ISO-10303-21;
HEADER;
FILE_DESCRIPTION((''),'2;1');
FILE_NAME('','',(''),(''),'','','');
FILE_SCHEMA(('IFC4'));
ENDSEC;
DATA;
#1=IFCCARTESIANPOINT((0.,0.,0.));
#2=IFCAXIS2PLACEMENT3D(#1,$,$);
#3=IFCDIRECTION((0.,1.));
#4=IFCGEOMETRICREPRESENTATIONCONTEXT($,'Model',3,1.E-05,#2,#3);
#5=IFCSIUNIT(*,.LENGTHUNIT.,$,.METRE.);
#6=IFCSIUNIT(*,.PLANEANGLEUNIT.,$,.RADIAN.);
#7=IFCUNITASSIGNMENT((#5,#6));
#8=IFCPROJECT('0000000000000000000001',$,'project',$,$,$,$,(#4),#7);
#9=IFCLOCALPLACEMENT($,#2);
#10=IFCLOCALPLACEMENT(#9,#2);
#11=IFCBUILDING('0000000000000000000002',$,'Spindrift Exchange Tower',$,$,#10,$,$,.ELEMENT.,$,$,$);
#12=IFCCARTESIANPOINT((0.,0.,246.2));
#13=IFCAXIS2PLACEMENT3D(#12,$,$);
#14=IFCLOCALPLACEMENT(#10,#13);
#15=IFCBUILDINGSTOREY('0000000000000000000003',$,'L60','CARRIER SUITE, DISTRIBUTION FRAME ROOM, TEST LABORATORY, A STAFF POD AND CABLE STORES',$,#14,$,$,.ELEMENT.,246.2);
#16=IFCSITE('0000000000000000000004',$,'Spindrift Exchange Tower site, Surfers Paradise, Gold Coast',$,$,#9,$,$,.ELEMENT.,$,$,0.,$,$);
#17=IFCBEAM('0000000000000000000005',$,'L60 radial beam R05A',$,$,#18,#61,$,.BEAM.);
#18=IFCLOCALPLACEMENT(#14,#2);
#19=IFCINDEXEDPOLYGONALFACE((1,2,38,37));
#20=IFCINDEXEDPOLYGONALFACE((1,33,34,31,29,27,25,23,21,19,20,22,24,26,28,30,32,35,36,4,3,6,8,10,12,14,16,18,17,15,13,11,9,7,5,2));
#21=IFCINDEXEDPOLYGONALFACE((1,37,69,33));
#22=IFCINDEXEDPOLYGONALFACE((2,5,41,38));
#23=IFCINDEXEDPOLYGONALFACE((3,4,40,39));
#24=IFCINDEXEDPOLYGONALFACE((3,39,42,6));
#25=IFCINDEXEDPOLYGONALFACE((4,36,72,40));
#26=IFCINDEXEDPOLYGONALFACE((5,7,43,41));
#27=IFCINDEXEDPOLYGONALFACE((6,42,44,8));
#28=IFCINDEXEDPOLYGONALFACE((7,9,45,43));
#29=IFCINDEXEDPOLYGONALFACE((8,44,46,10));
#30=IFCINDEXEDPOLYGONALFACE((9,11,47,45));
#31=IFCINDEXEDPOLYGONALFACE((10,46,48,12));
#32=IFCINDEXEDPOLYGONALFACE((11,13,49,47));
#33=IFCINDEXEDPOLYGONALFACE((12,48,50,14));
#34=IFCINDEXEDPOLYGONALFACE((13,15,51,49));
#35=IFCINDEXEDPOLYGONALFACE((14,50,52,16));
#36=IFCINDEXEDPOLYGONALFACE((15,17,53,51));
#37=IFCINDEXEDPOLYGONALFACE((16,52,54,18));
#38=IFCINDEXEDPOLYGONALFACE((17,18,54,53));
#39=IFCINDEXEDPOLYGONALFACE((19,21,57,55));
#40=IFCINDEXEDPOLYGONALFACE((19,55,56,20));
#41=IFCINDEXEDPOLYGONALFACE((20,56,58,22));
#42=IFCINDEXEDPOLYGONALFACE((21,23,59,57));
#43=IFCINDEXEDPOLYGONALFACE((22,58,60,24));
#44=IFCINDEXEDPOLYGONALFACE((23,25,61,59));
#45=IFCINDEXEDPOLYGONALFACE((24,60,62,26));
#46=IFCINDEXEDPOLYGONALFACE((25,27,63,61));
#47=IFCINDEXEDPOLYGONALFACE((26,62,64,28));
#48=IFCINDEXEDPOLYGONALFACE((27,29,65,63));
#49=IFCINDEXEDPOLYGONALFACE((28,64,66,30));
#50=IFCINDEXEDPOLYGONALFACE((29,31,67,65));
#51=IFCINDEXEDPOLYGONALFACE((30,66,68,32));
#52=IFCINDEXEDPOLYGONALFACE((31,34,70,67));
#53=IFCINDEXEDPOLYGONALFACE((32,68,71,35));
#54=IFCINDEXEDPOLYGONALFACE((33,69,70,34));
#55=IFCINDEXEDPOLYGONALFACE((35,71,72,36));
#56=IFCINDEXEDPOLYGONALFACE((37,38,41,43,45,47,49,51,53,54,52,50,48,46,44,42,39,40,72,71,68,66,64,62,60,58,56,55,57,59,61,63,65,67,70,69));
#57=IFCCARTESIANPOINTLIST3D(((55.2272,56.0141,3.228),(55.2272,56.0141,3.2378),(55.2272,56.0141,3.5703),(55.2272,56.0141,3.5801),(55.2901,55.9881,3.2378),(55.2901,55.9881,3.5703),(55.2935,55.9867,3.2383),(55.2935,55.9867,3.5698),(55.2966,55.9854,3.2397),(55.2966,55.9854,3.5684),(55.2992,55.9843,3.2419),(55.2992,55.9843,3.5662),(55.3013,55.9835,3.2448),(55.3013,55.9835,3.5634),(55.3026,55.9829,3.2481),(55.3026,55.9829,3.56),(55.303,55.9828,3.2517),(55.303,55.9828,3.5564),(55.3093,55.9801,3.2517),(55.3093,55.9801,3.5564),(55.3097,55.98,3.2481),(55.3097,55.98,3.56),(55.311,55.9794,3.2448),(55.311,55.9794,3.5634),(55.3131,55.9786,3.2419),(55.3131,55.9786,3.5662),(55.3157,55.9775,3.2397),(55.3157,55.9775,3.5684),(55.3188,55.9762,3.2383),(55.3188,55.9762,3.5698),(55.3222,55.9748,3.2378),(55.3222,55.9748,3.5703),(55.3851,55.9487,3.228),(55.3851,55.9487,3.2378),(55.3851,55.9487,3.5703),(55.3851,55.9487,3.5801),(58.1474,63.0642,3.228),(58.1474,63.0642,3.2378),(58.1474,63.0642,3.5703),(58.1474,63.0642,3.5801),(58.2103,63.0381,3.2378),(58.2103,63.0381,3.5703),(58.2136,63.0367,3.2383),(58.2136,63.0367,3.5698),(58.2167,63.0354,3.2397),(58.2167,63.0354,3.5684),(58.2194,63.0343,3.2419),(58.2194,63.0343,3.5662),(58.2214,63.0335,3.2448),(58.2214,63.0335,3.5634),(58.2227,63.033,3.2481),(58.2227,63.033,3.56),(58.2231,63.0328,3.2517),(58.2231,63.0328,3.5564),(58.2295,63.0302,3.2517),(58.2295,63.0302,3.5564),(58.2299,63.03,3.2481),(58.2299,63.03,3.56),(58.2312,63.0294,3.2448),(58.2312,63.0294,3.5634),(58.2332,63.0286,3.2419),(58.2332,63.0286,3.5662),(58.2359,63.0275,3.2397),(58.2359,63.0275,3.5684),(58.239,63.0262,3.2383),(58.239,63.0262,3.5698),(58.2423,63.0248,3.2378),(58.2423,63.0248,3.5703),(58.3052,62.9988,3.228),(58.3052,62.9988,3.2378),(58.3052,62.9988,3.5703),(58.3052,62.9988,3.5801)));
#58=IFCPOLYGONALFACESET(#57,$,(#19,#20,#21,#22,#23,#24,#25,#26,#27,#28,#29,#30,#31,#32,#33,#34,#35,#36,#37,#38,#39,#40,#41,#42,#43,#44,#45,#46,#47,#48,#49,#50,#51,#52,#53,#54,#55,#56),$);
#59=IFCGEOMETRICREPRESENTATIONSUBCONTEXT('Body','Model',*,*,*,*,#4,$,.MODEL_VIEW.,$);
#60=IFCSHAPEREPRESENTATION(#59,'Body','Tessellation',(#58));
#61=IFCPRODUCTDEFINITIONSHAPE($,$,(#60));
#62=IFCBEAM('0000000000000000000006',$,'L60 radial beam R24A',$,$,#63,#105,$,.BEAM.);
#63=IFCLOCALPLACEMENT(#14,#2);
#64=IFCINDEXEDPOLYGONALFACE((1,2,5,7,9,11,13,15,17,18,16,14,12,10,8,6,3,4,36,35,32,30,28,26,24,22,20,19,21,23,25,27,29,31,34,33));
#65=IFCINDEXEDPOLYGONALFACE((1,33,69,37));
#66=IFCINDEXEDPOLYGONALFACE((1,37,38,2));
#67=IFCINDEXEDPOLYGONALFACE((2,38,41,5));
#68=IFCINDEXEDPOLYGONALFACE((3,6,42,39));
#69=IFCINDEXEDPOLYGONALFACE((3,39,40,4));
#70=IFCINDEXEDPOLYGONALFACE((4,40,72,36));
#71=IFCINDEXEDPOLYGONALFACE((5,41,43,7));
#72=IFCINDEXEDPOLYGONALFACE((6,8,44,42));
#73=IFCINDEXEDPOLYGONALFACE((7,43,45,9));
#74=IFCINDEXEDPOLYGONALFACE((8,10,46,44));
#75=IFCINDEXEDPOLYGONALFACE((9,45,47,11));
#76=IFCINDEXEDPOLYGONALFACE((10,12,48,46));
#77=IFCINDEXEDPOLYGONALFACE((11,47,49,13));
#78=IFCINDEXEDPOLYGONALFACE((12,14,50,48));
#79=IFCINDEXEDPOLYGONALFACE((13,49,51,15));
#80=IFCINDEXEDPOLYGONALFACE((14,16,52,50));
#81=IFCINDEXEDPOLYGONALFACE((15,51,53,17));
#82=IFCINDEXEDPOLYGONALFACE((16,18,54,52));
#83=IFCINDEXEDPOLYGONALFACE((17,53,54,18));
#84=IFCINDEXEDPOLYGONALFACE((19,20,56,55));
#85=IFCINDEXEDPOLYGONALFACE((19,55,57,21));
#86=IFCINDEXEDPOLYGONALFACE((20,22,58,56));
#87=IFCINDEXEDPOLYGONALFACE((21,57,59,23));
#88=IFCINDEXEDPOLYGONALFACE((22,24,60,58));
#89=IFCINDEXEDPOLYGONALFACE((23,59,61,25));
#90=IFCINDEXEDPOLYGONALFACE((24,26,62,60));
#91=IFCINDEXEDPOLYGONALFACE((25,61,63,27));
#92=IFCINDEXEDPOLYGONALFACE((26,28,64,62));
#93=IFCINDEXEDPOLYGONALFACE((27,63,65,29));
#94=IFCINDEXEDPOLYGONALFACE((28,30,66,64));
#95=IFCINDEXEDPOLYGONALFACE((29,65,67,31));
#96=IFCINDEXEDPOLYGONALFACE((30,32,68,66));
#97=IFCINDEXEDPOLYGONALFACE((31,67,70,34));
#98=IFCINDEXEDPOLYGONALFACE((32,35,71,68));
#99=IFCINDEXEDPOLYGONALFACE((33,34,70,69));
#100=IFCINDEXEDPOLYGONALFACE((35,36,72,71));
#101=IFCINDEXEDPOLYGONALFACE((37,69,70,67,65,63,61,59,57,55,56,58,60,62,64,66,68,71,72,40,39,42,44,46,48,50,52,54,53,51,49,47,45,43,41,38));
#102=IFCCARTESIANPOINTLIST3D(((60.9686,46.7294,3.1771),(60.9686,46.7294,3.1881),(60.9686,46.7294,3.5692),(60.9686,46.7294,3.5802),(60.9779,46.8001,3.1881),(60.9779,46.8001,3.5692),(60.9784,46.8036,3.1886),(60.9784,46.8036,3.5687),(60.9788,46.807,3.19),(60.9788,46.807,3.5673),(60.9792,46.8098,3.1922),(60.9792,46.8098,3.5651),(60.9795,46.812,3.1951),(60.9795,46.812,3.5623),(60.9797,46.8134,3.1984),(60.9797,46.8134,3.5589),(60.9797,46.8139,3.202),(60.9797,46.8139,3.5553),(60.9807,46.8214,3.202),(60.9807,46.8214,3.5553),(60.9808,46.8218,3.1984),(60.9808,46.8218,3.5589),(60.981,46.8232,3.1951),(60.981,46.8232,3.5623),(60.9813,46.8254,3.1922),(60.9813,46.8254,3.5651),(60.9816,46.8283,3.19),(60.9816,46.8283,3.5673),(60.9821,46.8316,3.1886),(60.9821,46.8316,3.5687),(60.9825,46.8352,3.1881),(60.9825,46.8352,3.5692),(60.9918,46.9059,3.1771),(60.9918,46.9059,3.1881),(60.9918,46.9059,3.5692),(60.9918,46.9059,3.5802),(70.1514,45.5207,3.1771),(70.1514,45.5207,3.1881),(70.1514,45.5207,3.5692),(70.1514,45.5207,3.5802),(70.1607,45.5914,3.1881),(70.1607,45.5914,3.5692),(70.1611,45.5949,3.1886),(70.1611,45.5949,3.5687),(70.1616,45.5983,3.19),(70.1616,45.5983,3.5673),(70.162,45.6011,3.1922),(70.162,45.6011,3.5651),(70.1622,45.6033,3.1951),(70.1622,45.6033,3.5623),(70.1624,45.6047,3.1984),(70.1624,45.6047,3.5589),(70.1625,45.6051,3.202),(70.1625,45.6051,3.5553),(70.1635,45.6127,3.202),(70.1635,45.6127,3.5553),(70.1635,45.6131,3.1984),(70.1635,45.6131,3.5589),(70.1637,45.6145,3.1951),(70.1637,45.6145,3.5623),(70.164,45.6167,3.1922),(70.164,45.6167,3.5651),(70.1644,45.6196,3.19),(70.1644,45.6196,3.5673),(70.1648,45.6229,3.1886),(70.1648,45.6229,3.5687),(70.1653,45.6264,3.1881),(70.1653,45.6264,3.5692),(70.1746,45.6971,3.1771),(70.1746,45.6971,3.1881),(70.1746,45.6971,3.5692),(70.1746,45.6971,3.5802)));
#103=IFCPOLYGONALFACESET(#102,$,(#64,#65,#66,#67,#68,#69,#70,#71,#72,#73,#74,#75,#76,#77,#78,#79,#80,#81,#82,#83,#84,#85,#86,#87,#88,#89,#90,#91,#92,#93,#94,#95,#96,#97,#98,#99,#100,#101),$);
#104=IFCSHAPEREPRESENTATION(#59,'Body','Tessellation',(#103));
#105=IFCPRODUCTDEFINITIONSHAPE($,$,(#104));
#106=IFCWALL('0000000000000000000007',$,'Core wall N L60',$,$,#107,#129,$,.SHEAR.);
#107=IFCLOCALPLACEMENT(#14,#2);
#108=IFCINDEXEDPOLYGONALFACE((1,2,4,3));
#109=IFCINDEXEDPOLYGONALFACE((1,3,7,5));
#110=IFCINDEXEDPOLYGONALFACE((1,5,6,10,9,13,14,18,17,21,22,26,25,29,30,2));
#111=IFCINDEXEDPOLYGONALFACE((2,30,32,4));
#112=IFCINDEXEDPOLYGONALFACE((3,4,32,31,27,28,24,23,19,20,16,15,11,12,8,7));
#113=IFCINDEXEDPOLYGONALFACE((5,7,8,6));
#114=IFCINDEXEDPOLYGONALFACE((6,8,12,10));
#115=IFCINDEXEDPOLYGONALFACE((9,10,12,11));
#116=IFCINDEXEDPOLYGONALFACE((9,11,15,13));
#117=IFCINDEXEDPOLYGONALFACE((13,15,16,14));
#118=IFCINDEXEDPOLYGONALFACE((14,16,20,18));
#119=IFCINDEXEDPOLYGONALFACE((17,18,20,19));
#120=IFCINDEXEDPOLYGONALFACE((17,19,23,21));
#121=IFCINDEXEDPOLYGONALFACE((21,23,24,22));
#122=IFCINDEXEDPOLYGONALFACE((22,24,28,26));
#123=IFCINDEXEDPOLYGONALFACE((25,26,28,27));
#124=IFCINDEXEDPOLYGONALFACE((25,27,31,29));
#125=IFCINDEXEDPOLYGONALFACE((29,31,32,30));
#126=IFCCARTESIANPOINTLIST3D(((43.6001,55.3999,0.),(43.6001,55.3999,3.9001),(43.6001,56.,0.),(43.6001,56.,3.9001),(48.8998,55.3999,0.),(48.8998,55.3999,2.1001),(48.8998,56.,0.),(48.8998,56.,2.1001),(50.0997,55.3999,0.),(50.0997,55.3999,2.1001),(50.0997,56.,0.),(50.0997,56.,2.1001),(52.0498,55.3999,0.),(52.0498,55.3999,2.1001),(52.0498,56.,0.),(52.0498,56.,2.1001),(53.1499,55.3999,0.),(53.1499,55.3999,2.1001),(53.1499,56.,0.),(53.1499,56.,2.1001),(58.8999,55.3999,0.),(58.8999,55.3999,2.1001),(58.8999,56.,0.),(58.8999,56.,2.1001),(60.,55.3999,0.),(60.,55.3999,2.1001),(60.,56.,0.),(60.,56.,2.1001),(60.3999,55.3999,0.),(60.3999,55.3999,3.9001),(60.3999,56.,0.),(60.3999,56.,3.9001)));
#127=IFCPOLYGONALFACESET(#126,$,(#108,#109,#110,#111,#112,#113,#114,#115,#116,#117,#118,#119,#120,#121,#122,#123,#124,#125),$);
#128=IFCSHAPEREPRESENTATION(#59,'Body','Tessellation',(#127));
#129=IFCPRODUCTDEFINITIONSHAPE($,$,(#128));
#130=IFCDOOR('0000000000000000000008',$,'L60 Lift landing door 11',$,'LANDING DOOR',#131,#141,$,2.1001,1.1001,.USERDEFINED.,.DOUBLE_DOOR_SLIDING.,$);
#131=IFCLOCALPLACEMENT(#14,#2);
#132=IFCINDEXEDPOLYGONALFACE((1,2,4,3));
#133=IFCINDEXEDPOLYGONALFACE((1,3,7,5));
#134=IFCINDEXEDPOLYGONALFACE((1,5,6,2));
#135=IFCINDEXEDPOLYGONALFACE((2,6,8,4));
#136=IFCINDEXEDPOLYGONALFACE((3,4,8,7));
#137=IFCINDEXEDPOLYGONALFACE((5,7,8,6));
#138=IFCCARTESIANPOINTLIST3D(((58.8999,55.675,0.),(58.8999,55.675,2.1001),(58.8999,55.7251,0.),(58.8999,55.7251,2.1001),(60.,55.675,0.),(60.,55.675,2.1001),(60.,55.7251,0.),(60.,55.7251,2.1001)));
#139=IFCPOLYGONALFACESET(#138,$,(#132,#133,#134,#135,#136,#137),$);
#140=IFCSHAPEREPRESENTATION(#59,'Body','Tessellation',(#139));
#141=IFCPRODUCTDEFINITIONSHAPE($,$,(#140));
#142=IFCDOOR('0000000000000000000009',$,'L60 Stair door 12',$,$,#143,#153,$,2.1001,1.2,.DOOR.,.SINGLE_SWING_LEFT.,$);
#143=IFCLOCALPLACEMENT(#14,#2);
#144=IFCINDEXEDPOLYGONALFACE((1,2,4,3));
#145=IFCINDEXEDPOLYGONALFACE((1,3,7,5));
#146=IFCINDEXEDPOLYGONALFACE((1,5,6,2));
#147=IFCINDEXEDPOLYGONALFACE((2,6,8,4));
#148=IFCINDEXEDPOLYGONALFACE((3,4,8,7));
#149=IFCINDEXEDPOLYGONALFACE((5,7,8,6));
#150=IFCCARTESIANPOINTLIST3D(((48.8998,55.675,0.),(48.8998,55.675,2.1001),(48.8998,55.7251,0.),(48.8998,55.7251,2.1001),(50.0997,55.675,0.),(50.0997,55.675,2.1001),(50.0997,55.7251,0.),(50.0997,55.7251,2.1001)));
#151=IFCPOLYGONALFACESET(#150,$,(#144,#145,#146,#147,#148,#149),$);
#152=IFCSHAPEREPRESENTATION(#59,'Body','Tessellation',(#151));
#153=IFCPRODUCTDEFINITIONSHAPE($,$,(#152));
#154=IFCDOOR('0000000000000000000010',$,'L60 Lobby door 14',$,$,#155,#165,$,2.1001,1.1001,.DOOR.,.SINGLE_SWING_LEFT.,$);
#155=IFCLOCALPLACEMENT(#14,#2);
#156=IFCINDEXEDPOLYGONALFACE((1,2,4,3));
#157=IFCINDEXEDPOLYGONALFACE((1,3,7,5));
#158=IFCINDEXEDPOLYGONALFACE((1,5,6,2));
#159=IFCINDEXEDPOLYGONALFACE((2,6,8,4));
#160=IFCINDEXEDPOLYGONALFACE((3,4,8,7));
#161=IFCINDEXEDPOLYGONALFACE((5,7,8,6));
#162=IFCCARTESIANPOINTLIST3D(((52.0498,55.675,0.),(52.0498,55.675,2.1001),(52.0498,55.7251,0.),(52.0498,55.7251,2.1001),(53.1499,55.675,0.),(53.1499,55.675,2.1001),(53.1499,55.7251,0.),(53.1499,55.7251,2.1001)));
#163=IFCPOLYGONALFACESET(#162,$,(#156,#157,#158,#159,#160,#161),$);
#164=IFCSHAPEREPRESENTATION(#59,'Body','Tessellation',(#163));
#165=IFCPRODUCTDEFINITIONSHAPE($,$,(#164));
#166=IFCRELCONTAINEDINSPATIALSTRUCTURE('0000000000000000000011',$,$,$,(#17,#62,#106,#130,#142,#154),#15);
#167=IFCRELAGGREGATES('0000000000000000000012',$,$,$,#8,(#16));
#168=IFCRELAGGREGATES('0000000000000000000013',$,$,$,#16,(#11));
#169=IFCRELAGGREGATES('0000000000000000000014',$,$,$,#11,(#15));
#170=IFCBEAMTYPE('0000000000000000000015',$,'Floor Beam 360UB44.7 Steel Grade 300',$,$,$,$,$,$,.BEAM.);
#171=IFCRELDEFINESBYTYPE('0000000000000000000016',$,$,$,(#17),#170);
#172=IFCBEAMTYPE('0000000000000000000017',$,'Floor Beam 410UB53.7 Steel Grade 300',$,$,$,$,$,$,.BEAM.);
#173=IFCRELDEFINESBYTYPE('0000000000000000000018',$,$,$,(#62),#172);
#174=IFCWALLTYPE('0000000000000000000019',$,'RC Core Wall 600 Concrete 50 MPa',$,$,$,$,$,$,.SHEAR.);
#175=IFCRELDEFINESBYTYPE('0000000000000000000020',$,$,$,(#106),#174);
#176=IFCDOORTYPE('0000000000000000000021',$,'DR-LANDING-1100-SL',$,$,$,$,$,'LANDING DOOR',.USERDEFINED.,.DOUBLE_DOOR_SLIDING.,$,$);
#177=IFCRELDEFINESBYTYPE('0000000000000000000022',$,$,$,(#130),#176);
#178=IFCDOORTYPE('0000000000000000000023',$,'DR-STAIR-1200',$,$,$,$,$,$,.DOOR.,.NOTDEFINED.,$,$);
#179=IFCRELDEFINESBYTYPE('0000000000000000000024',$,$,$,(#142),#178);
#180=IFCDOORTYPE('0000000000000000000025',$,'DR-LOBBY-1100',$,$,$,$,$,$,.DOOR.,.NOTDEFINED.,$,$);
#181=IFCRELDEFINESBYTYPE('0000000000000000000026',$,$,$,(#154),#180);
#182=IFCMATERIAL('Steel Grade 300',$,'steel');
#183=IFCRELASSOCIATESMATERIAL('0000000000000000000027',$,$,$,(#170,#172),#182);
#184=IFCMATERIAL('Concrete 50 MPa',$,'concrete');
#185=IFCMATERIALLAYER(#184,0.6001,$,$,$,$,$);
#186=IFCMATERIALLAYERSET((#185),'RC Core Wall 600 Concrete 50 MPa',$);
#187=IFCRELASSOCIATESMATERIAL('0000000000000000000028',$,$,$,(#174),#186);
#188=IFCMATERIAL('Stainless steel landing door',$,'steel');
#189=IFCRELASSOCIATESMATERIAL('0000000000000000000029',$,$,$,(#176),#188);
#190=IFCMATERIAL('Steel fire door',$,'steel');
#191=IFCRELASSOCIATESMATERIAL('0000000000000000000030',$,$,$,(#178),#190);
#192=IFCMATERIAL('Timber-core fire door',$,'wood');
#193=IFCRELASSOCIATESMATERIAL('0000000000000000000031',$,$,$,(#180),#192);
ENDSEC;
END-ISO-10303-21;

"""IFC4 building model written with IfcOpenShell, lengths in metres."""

from ifc_helpers import new_model, si_unit, direction, frame, frame_2d, origin, origin_2d, place, context, subcontext, project, spatial, rectangle, i_section, extrude, source, transform, mapped, material, layer, layer_set, material_profile, profile_set, type_object, element, fill, save


model = new_model("IFC4")

# Units and contexts
model_context = context("Model", 3, precision=1e-05, world=origin(), true_north=direction((0.0, 1.0)))
body_context = subcontext(model_context, "Body", "Model", "MODEL_VIEW")
ifc_project = project(units=[si_unit("LENGTHUNIT", "METRE"), si_unit("PLANEANGLEUNIT", "RADIAN")], contexts=[model_context])

# Site, building, storey
site_placement = place(None, origin())
site = spatial("IfcSite", under=ifc_project, at=site_placement, Name="Spindrift Exchange Tower site, Surfers Paradise, Gold Coast", CompositionType="ELEMENT", RefElevation=0.0)
building_placement = place(site_placement, origin())
building = spatial("IfcBuilding", under=site, at=building_placement, Name="Spindrift Exchange Tower", CompositionType="ELEMENT")
storey_placement = place(building_placement, frame((0.0, 0.0, 246.2)))
storey = spatial("IfcBuildingStorey", under=building, at=storey_placement, Name="L60", Description="CARRIER SUITE, DISTRIBUTION FRAME ROOM, TEST LABORATORY, A STAFF POD AND CABLE STORES", CompositionType="ELEMENT", Elevation=246.2)

# Beams
ifc_material_1 = material(Name="Steel Grade 300", Category="steel")
ifc_material_profile_1 = material_profile(ifc_material_1, i_section(OverallWidth=0.1709, OverallDepth=0.3521, WebThickness=0.0068, FlangeThickness=0.0098, FilletRadius=0.0139, at=origin_2d()), Name="360UB44.7")
ifc_profile_set_1 = profile_set([ifc_material_profile_1], Name="Steel Grade 300")
beam_type_1 = type_object("IfcBeamType", Name="Floor Beam 360UB44.7 Steel Grade 300", PredefinedType="BEAM", material=ifc_profile_set_1)
shared_shape_1 = source(origin(), body_context, "Body", "SweptSolid", [
    extrude(i_section(OverallWidth=0.1709, OverallDepth=0.3521, WebThickness=0.0068, FlangeThickness=0.0098, FilletRadius=0.0139, at=origin_2d()), origin(), (0.0, 0.0, 1.0), 7.6309),
])
beam_1_placement = place(storey_placement, frame((55.3062, 55.9814, 3.4041), z_axis=(0.382677, 0.923882, 0.0), x_axis=(-0.923882, 0.382677, 0.0)))
element("IfcBeam", 1, at=beam_1_placement, inside=storey, type_object=beam_type_1, Name="L60 radial beam R05A", PredefinedType="BEAM", context=body_context, shape_type="MappedRepresentation", body=[
    mapped(shared_shape_1, transform((0.0, 0.0, 0.0), scale=1.0)),
])
ifc_material_profile_2 = material_profile(ifc_material_1, i_section(OverallWidth=0.178, OverallDepth=0.4031, WebThickness=0.0076, FlangeThickness=0.011, FilletRadius=0.0139, at=origin_2d()), Name="410UB53.7")
ifc_profile_set_2 = profile_set([ifc_material_profile_2], Name="Steel Grade 300")
beam_type_2 = type_object("IfcBeamType", Name="Floor Beam 410UB53.7 Steel Grade 300", PredefinedType="BEAM", material=ifc_profile_set_2)
shared_shape_2 = source(origin(), body_context, "Body", "SweptSolid", [
    extrude(i_section(OverallWidth=0.178, OverallDepth=0.4031, WebThickness=0.0076, FlangeThickness=0.011, FilletRadius=0.0139, at=origin_2d()), origin(), (0.0, 0.0, 1.0), 9.262),
])
beam_2_placement = place(storey_placement, frame((60.9802, 46.8176, 3.3787), z_axis=(0.991448, -0.130504, 0.0), x_axis=(0.130504, 0.991448, 0.0)))
element("IfcBeam", 2, at=beam_2_placement, inside=storey, type_object=beam_type_2, Name="L60 radial beam R24A", PredefinedType="BEAM", context=body_context, shape_type="MappedRepresentation", body=[
    mapped(shared_shape_2, transform((0.0, 0.0, 0.0), scale=1.0)),
])

# Wall, openings, doors
ifc_material_2 = material(Name="Concrete 50 MPa", Category="concrete")
ifc_layer_1 = layer(ifc_material_2, 0.6001)
ifc_layer_set_1 = layer_set([ifc_layer_1], Name="RC Core Wall 600 Concrete 50 MPa")
wall_type_1 = type_object("IfcWallType", Name="RC Core Wall 600 Concrete 50 MPa", PredefinedType="SHEAR", material=ifc_layer_set_1)
wall_1_placement = place(storey_placement, frame((60.3999, 55.7, 0.0), z_axis=(0.0, 0.0, 1.0), x_axis=(-1.0, 0.0, 0.0)))
wall_1 = element("IfcWall", 3, at=wall_1_placement, inside=storey, type_object=wall_type_1, Name="Core wall N L60", PredefinedType="SHEAR", context=body_context, shape_type="SweptSolid", body=[
    extrude(rectangle(XDim=16.7998, YDim=0.6001, at=frame_2d((8.3999, 0.0))), origin(), (0.0, 0.0, 1.0), 3.9001),
])
opening_1_placement = place(wall_1_placement, frame((0.3999, 0.0, 0.0)))
opening_1 = element("IfcOpeningElement", 4, at=opening_1_placement, cuts=wall_1, PredefinedType="OPENING", context=body_context, shape_type="SweptSolid", body=[
    extrude(rectangle(XDim=1.1001, YDim=2.1001, at=frame_2d((0.55, 1.05))), frame((0.0, 0.3101, 0.0), z_axis=(0.0, -1.0, 0.0), x_axis=(1.0, 0.0, 0.0)), (0.0, 0.0, 1.0), 0.6201),
])
opening_2_placement = place(wall_1_placement, frame((10.3, 0.0, 0.0)))
opening_2 = element("IfcOpeningElement", 5, at=opening_2_placement, cuts=wall_1, PredefinedType="OPENING", context=body_context, shape_type="SweptSolid", body=[
    extrude(rectangle(XDim=1.2, YDim=2.1001, at=frame_2d((0.6001, 1.05))), frame((0.0, 0.3101, 0.0), z_axis=(0.0, -1.0, 0.0), x_axis=(1.0, 0.0, 0.0)), (0.0, 0.0, 1.0), 0.6201),
])
opening_3_placement = place(wall_1_placement, frame((7.25, 0.0, 0.0)))
opening_3 = element("IfcOpeningElement", 6, at=opening_3_placement, cuts=wall_1, PredefinedType="OPENING", context=body_context, shape_type="SweptSolid", body=[
    extrude(rectangle(XDim=1.1001, YDim=2.1001, at=frame_2d((0.55, 1.05))), frame((0.0, 0.3101, 0.0), z_axis=(0.0, -1.0, 0.0), x_axis=(1.0, 0.0, 0.0)), (0.0, 0.0, 1.0), 0.6201),
])
ifc_material_3 = material(Name="Stainless steel landing door", Category="steel")
door_type_1 = type_object("IfcDoorType", Name="DR-LANDING-1100-SL", ElementType="LANDING DOOR", OperationType="DOUBLE_DOOR_SLIDING", PredefinedType="USERDEFINED", material=ifc_material_3)
shared_shape_3 = source(origin(), body_context, "Body", "SweptSolid", [
    extrude(rectangle(XDim=1.1001, YDim=2.1001, at=frame_2d((0.55, 1.05))), frame((0.0, 0.0249, 0.0), z_axis=(0.0, -1.0, 0.0), x_axis=(1.0, 0.0, 0.0)), (0.0, 0.0, 1.0), 0.05),
])
door_1_placement = place(opening_1_placement, origin())
door_1 = element("IfcDoor", 7, at=door_1_placement, inside=storey, type_object=door_type_1, Name="L60 Lift landing door 11", ObjectType="LANDING DOOR", OperationType="DOUBLE_DOOR_SLIDING", OverallHeight=2.1001, OverallWidth=1.1001, PredefinedType="USERDEFINED", context=body_context, shape_type="MappedRepresentation", body=[
    mapped(shared_shape_3, transform((0.0, 0.0, 0.0), scale=1.0)),
])
fill(opening_1, door_1)
ifc_material_4 = material(Name="Steel fire door", Category="steel")
door_type_2 = type_object("IfcDoorType", Name="DR-STAIR-1200", OperationType="NOTDEFINED", PredefinedType="DOOR", material=ifc_material_4)
shared_shape_4 = source(origin(), body_context, "Body", "SweptSolid", [
    extrude(rectangle(XDim=1.2, YDim=2.1001, at=frame_2d((0.6001, 1.05))), frame((0.0, 0.0249, 0.0), z_axis=(0.0, -1.0, 0.0), x_axis=(1.0, 0.0, 0.0)), (0.0, 0.0, 1.0), 0.05),
])
door_2_placement = place(opening_2_placement, origin())
door_2 = element("IfcDoor", 8, at=door_2_placement, inside=storey, type_object=door_type_2, Name="L60 Stair door 12", OperationType="SINGLE_SWING_LEFT", OverallHeight=2.1001, OverallWidth=1.2, PredefinedType="DOOR", context=body_context, shape_type="MappedRepresentation", body=[
    mapped(shared_shape_4, transform((0.0, 0.0, 0.0), scale=1.0)),
])
fill(opening_2, door_2)
ifc_material_5 = material(Name="Timber-core fire door", Category="wood")
door_type_3 = type_object("IfcDoorType", Name="DR-LOBBY-1100", OperationType="NOTDEFINED", PredefinedType="DOOR", material=ifc_material_5)
shared_shape_5 = source(origin(), body_context, "Body", "SweptSolid", [
    extrude(rectangle(XDim=1.1001, YDim=2.1001, at=frame_2d((0.55, 1.05))), frame((0.0, 0.0249, 0.0), z_axis=(0.0, -1.0, 0.0), x_axis=(1.0, 0.0, 0.0)), (0.0, 0.0, 1.0), 0.05),
])
door_3_placement = place(opening_3_placement, origin())
door_3 = element("IfcDoor", 9, at=door_3_placement, inside=storey, type_object=door_type_3, Name="L60 Lobby door 14", OperationType="SINGLE_SWING_LEFT", OverallHeight=2.1001, OverallWidth=1.1001, PredefinedType="DOOR", context=body_context, shape_type="MappedRepresentation", body=[
    mapped(shared_shape_5, transform((0.0, 0.0, 0.0), scale=1.0)),
])
fill(opening_3, door_3)

save(model, "model.ifc")
